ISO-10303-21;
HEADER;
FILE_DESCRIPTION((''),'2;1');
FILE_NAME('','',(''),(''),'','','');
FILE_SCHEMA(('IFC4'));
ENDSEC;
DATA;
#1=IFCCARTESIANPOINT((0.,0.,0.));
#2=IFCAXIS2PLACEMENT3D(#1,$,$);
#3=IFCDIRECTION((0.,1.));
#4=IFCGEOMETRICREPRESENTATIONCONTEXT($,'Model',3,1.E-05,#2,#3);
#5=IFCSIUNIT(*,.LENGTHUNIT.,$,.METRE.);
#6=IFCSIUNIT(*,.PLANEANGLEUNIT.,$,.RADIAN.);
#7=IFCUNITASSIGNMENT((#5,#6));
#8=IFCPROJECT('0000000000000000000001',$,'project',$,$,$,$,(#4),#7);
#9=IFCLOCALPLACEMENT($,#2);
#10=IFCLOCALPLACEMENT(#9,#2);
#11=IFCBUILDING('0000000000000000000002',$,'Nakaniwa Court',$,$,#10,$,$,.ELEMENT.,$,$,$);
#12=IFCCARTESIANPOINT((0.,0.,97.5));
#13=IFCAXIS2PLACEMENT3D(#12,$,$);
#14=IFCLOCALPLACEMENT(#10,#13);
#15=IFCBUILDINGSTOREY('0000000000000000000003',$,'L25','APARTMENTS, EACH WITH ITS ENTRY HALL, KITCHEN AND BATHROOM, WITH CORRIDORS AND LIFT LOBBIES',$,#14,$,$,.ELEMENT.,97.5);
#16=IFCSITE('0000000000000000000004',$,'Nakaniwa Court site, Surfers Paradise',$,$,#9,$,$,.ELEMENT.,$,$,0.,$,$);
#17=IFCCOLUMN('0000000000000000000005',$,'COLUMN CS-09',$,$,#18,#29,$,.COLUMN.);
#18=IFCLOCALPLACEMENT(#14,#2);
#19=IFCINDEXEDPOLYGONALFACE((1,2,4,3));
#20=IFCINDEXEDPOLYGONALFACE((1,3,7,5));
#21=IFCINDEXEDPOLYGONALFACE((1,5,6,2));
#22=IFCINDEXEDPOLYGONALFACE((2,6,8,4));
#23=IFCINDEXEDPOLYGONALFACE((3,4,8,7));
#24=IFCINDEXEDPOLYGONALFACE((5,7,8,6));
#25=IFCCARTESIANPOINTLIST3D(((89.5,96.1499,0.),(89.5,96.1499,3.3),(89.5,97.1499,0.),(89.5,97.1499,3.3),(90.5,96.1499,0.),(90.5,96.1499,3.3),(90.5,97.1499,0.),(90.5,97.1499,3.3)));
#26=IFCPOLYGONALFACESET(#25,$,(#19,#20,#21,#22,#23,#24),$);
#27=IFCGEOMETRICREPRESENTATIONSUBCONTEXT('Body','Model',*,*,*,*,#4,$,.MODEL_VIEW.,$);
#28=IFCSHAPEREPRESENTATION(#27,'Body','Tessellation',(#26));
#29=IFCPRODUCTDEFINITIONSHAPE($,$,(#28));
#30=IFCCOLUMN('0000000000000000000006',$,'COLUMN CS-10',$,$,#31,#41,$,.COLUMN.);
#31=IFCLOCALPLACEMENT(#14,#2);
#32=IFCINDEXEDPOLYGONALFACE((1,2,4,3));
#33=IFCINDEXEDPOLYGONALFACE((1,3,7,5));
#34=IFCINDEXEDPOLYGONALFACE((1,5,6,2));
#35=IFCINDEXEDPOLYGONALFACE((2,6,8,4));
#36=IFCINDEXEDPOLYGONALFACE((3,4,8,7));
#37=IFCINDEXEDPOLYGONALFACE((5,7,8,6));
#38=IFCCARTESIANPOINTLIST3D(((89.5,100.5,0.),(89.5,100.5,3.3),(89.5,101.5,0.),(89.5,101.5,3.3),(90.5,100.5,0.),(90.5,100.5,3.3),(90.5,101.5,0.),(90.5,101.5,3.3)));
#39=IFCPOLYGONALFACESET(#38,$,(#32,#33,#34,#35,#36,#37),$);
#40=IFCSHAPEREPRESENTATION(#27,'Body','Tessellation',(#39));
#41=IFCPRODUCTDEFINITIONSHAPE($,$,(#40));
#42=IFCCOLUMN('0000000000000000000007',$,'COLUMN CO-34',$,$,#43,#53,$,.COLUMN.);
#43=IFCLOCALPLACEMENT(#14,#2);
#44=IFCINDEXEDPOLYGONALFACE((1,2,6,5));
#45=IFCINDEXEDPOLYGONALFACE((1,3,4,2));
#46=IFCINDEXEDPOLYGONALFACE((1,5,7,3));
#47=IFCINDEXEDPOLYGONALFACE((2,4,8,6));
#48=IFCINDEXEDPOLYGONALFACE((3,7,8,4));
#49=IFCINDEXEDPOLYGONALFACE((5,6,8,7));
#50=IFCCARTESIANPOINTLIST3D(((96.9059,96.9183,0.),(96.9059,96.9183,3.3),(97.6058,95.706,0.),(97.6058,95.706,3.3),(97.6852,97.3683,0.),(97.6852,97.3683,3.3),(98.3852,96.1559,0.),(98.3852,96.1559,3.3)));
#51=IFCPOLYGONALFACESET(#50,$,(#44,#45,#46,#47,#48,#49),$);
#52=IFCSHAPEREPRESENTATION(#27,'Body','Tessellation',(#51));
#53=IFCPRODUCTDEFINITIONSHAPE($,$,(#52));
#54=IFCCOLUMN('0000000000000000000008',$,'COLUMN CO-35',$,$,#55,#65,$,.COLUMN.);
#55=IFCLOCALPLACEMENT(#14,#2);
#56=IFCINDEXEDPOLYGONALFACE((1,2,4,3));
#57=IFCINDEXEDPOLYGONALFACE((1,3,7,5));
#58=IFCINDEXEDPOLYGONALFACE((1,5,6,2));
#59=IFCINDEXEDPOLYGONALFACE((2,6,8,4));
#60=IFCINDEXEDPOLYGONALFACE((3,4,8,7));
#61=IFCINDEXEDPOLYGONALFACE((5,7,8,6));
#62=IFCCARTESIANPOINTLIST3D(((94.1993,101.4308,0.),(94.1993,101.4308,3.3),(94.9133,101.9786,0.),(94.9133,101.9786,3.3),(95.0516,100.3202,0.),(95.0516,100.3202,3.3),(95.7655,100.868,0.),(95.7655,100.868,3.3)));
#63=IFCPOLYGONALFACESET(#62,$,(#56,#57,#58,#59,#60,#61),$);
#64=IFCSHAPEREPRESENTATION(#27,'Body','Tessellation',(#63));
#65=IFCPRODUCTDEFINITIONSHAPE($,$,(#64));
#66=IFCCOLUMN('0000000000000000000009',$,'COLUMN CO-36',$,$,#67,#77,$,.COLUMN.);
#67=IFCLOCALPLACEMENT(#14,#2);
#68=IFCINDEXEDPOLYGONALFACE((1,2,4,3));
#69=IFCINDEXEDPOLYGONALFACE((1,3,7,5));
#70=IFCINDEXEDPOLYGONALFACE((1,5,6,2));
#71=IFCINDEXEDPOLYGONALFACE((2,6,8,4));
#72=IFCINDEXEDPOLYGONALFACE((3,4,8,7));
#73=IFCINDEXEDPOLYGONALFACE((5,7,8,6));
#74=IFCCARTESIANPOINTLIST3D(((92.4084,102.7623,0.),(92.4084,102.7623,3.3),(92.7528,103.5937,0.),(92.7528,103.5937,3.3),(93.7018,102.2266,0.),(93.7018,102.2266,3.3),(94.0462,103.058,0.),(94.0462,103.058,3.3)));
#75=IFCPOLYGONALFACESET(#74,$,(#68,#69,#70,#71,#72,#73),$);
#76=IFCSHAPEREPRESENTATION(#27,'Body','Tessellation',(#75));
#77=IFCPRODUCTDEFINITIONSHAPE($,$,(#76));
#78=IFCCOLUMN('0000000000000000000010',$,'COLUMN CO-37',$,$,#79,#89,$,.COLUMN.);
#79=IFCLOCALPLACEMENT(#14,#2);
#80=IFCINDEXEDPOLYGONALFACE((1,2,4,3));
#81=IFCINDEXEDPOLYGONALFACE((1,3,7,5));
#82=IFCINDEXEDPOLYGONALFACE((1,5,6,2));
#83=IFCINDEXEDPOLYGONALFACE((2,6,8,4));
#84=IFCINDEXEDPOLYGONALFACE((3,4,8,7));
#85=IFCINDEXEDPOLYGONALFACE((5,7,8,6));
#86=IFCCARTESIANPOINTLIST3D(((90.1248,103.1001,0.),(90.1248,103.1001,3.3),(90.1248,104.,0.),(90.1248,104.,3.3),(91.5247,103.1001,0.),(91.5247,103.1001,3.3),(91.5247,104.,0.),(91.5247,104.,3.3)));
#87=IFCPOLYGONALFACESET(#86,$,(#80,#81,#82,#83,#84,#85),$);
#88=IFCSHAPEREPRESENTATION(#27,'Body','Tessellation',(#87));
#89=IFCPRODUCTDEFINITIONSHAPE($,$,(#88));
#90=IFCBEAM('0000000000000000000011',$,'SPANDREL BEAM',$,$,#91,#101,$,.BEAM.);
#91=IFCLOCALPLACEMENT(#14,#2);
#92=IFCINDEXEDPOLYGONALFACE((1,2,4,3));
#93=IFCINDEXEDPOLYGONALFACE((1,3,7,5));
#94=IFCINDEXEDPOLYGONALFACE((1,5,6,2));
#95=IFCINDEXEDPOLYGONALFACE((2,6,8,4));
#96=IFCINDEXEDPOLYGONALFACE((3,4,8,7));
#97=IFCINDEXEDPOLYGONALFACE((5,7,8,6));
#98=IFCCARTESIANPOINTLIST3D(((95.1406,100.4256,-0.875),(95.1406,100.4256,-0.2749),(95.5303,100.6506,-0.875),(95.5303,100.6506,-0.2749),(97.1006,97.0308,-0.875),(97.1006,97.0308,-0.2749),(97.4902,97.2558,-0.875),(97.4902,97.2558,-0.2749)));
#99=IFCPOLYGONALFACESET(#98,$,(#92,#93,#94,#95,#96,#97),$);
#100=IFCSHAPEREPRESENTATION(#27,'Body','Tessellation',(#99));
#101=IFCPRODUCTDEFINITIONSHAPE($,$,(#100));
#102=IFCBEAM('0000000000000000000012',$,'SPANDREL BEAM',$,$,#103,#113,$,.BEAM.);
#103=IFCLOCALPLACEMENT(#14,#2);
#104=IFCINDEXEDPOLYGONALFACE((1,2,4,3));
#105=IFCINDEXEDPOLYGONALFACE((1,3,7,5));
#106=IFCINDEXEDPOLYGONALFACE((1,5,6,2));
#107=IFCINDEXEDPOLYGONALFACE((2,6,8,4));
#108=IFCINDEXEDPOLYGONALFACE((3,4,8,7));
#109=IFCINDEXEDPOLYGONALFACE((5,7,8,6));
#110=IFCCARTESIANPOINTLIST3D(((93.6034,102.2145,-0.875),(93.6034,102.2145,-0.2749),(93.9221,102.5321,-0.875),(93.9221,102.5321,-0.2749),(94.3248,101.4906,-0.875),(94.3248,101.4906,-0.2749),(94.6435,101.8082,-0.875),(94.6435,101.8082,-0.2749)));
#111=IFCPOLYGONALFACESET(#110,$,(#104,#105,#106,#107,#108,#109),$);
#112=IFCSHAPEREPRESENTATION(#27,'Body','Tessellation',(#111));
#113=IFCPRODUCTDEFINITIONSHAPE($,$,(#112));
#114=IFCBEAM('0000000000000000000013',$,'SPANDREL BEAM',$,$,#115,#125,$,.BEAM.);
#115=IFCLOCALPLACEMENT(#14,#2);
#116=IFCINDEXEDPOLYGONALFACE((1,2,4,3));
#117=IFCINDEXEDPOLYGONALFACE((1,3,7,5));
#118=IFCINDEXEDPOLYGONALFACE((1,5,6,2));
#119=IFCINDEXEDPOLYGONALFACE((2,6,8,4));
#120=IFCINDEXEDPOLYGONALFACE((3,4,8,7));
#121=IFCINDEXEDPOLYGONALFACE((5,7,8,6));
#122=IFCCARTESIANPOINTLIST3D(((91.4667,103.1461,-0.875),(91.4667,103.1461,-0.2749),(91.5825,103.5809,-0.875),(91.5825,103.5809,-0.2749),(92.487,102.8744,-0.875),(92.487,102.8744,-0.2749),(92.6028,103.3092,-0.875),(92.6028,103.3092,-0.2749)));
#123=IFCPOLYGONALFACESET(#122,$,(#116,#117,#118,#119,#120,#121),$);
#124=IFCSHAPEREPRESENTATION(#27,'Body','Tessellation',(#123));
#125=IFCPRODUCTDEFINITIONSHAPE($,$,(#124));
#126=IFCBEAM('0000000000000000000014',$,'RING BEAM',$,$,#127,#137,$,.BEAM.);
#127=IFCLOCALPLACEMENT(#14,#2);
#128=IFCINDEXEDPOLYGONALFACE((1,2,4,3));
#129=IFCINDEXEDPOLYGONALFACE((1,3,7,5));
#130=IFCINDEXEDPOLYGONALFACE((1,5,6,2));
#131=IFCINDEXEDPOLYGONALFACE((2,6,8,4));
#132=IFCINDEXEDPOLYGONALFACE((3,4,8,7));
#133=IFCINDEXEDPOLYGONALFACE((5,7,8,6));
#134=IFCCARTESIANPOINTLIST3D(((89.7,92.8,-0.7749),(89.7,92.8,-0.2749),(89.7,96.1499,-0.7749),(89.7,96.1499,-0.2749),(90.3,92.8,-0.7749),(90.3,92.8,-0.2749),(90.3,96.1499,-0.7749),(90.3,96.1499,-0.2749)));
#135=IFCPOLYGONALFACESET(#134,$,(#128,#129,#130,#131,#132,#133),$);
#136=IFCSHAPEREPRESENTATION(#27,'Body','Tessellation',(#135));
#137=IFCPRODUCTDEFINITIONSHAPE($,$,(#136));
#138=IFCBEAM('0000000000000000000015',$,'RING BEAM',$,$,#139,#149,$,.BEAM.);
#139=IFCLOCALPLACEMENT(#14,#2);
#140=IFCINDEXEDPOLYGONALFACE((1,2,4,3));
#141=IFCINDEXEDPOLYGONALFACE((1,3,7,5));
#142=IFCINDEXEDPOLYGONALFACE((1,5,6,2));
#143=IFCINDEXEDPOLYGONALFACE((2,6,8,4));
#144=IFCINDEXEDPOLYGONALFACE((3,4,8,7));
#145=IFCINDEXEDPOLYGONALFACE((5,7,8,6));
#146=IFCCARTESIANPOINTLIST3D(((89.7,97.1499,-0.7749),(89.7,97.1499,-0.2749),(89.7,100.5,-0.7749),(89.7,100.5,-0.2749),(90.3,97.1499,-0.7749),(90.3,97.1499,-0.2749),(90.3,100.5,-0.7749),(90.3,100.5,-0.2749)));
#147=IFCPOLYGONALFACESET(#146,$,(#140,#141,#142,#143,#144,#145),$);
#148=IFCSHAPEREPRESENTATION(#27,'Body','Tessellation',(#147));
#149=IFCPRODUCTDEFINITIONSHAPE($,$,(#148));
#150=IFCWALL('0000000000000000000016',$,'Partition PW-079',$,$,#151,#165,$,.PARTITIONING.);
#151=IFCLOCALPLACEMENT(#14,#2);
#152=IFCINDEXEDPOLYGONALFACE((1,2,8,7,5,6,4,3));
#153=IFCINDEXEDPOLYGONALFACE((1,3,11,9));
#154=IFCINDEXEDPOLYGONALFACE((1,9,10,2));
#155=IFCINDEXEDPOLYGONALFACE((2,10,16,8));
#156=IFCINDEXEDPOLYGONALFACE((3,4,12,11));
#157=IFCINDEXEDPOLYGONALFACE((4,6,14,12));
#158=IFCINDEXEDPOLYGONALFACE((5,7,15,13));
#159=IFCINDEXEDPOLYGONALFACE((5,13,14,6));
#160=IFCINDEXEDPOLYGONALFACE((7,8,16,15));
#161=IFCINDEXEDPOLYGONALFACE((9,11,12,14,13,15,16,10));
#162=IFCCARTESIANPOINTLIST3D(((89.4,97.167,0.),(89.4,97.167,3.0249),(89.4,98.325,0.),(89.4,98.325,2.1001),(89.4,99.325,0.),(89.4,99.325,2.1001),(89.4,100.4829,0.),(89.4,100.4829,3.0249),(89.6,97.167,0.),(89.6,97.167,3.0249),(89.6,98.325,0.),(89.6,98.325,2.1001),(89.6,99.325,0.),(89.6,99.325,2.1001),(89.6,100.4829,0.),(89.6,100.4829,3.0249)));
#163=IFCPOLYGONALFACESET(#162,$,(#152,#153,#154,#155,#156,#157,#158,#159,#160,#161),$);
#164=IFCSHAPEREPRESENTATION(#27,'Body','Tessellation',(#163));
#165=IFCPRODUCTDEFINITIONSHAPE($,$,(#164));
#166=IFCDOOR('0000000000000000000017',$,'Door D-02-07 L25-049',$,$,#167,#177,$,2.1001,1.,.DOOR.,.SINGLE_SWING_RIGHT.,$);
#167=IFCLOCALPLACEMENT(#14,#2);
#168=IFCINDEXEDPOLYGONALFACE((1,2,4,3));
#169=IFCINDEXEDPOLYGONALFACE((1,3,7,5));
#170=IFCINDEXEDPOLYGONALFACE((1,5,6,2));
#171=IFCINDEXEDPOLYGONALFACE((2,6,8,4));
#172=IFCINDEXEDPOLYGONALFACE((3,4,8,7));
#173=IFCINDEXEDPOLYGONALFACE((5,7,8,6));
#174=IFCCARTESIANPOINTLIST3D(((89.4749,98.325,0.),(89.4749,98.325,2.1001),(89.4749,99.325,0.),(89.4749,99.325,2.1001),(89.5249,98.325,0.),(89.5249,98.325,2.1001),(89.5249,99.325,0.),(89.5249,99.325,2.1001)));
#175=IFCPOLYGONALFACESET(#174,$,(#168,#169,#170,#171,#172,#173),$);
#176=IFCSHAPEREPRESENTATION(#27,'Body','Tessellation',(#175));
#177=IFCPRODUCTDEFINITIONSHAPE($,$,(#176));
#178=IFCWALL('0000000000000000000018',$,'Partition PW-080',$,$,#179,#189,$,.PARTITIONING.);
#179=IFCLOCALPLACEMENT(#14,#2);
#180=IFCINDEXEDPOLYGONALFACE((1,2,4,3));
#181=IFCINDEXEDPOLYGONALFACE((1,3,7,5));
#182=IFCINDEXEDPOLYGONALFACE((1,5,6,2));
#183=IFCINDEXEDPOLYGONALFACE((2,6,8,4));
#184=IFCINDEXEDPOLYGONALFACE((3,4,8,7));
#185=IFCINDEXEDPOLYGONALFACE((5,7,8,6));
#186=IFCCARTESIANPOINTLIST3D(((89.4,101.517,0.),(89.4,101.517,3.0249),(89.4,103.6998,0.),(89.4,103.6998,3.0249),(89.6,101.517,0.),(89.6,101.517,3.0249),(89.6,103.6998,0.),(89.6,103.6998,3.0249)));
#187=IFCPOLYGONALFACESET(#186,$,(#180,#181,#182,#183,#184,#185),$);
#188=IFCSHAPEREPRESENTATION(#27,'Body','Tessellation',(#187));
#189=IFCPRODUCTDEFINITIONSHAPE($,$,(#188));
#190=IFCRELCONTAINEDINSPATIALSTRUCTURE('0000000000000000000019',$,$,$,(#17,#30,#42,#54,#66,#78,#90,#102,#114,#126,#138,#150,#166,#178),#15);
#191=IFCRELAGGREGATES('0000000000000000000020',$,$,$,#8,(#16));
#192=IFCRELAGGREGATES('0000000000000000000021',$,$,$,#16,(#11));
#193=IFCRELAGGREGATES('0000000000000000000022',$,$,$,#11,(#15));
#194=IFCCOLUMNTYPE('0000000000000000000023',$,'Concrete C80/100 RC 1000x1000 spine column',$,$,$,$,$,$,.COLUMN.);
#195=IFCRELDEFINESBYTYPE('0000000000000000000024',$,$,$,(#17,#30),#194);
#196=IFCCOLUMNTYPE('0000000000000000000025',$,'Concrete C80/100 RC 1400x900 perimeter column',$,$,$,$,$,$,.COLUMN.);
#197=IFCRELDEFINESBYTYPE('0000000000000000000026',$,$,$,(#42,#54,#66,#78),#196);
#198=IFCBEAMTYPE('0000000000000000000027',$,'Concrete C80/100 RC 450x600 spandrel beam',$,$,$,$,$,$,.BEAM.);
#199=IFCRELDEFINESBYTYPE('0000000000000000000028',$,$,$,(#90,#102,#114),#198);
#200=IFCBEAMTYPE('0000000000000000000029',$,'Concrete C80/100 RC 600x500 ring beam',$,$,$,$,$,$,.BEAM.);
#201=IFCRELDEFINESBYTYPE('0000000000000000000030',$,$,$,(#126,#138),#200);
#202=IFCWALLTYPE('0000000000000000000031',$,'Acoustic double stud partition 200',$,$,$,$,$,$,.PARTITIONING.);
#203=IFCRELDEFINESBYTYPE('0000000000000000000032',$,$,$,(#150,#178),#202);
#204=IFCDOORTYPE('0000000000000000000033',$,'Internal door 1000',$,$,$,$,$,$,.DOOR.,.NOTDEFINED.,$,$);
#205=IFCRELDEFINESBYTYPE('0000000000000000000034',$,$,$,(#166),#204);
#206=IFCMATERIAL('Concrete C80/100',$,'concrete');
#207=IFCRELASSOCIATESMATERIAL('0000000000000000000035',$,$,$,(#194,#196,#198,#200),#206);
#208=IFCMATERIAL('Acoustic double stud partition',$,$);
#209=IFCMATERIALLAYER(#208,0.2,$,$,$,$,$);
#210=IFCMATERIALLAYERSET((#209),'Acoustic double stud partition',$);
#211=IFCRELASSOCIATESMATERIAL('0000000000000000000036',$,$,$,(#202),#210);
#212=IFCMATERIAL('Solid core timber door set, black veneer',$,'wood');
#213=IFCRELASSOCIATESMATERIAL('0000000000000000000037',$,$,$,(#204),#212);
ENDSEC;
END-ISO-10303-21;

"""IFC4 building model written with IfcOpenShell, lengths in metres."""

from ifc_helpers import new_model, si_unit, direction, frame, frame_2d, origin, origin_2d, place, context, subcontext, project, spatial, rectangle, extrude, material, layer, layer_set, material_profile, profile_set, type_object, element, fill, save


model = new_model("IFC4")

# Units and contexts
model_context = context("Model", 3, precision=1e-05, world=origin(), true_north=direction((0.0, 1.0)))
body_context = subcontext(model_context, "Body", "Model", "MODEL_VIEW")
ifc_project = project(units=[si_unit("LENGTHUNIT", "METRE"), si_unit("PLANEANGLEUNIT", "RADIAN")], contexts=[model_context])

# Site, building, storey
site_placement = place(None, origin())
site = spatial("IfcSite", under=ifc_project, at=site_placement, Name="Nakaniwa Court site, Surfers Paradise", CompositionType="ELEMENT", RefElevation=0.0)
building_placement = place(site_placement, origin())
building = spatial("IfcBuilding", under=site, at=building_placement, Name="Nakaniwa Court", CompositionType="ELEMENT")
storey_placement = place(building_placement, frame((0.0, 0.0, 97.5)))
storey = spatial("IfcBuildingStorey", under=building, at=storey_placement, Name="L25", Description="APARTMENTS, EACH WITH ITS ENTRY HALL, KITCHEN AND BATHROOM, WITH CORRIDORS AND LIFT LOBBIES", CompositionType="ELEMENT", Elevation=97.5)

# Columns
ifc_material_1 = material(Name="Concrete C80/100", Category="concrete")
ifc_material_profile_1 = material_profile(ifc_material_1, rectangle(XDim=1.0, YDim=1.0, at=origin_2d()), Name="Concrete C80/100 RC 1000x1000 spine column")
ifc_profile_set_1 = profile_set([ifc_material_profile_1], Name="Concrete C80/100")
column_type_1 = type_object("IfcColumnType", Name="Concrete C80/100 RC 1000x1000 spine column", PredefinedType="COLUMN", material=ifc_profile_set_1)
for number, where, z_axis, x_axis, name in (
    (1, (90.0, 96.6499, 0.0), (0.0, 0.0, 1.0), (0.0, 1.0, 0.0), "COLUMN CS-09"),
    (2, (90.0, 101.0, 0.0), (0.0, 0.0, 1.0), (0.0, 1.0, 0.0), "COLUMN CS-10"),
):
    element("IfcColumn", number, at=place(storey_placement, frame(where, z_axis=z_axis, x_axis=x_axis)), inside=storey, type_object=column_type_1, Name=name, PredefinedType="COLUMN", context=body_context, shape_type="SweptSolid", body=[
        extrude(rectangle(XDim=1.0, YDim=1.0, at=origin_2d()), origin(), (0.0, 0.0, 1.0), 3.3),
    ])
ifc_material_profile_2 = material_profile(ifc_material_1, rectangle(XDim=1.3999, YDim=0.8999, at=origin_2d()), Name="Concrete C80/100 RC 1400x900 perimeter column")
ifc_profile_set_2 = profile_set([ifc_material_profile_2], Name="Concrete C80/100")
column_type_2 = type_object("IfcColumnType", Name="Concrete C80/100 RC 1400x900 perimeter column", PredefinedType="COLUMN", material=ifc_profile_set_2)
for number, where, z_axis, x_axis, name in (
    (3, (97.6455, 96.5371, 0.0), (0.0, 0.0, 1.0), (-0.5, 0.866025, 0.0), "COLUMN CO-34"),
    (4, (94.9824, 101.1494, 0.0), (0.0, 0.0, 1.0), (-0.608761, 0.793353, 0.0), "COLUMN CO-35"),
    (5, (93.2273, 102.9102, 0.0), (0.0, 0.0, 1.0), (-0.92388, 0.382683, 0.0), "COLUMN CO-36"),
    (6, (90.8247, 103.55, 0.0), (0.0, 0.0, 1.0), (-1.0, 0.0, 0.0), "COLUMN CO-37"),
):
    element("IfcColumn", number, at=place(storey_placement, frame(where, z_axis=z_axis, x_axis=x_axis)), inside=storey, type_object=column_type_2, Name=name, PredefinedType="COLUMN", context=body_context, shape_type="SweptSolid", body=[
        extrude(rectangle(XDim=1.3999, YDim=0.8999, at=origin_2d()), origin(), (0.0, 0.0, 1.0), 3.3),
    ])

# Beams
ifc_material_profile_3 = material_profile(ifc_material_1, rectangle(XDim=0.45, YDim=0.6001, at=origin_2d()), Name="Concrete C80/100 RC 450x600 spandrel beam")
ifc_profile_set_3 = profile_set([ifc_material_profile_3], Name="Concrete C80/100")
beam_type_1 = type_object("IfcBeamType", Name="Concrete C80/100 RC 450x600 spandrel beam", PredefinedType="BEAM", material=ifc_profile_set_3)
beam_1_placement = place(storey_placement, frame((97.2954, 97.1433, -0.575), z_axis=(-0.499997, 0.866027, 0.0), x_axis=(-0.866027, -0.499997, 0.0)))
element("IfcBeam", 7, at=beam_1_placement, inside=storey, type_object=beam_type_1, Name="SPANDREL BEAM", PredefinedType="BEAM", context=body_context, shape_type="SweptSolid", body=[
    extrude(rectangle(XDim=0.45, YDim=0.6001, at=origin_2d()), origin(), (0.0, 0.0, 1.0), 3.9199),
])
beam_2_placement = place(storey_placement, frame((94.4841, 101.6494, -0.575), z_axis=(-0.705911, 0.7083, 0.0), x_axis=(-0.7083, -0.705911, 0.0)))
element("IfcBeam", 8, at=beam_2_placement, inside=storey, type_object=beam_type_1, Name="SPANDREL BEAM", PredefinedType="BEAM", context=body_context, shape_type="SweptSolid", body=[
    extrude(rectangle(XDim=0.45, YDim=0.6001, at=origin_2d()), origin(), (0.0, 0.0, 1.0), 1.022),
])
beam_3_placement = place(storey_placement, frame((92.5449, 103.0918, -0.575), z_axis=(-0.966315, 0.25736, 0.0), x_axis=(-0.25736, -0.966315, 0.0)))
element("IfcBeam", 9, at=beam_3_placement, inside=storey, type_object=beam_type_1, Name="SPANDREL BEAM", PredefinedType="BEAM", context=body_context, shape_type="SweptSolid", body=[
    extrude(rectangle(XDim=0.45, YDim=0.6001, at=origin_2d()), origin(), (0.0, 0.0, 1.0), 1.0559),
])
ifc_material_profile_4 = material_profile(ifc_material_1, rectangle(XDim=0.6001, YDim=0.5, at=origin_2d()), Name="Concrete C80/100 RC 600x500 ring beam")
ifc_profile_set_4 = profile_set([ifc_material_profile_4], Name="Concrete C80/100")
beam_type_2 = type_object("IfcBeamType", Name="Concrete C80/100 RC 600x500 ring beam", PredefinedType="BEAM", material=ifc_profile_set_4)
beam_4_placement = place(storey_placement, frame((90.0, 92.8, -0.5249), z_axis=(0.0, 1.0, 0.0), x_axis=(-1.0, 0.0, 0.0)))
element("IfcBeam", 10, at=beam_4_placement, inside=storey, type_object=beam_type_2, Name="RING BEAM", PredefinedType="BEAM", context=body_context, shape_type="SweptSolid", body=[
    extrude(rectangle(XDim=0.6001, YDim=0.5, at=origin_2d()), origin(), (0.0, 0.0, 1.0), 3.3499),
])
beam_5_placement = place(storey_placement, frame((90.0, 97.1499, -0.5249), z_axis=(0.0, 1.0, 0.0), x_axis=(-1.0, 0.0, 0.0)))
element("IfcBeam", 11, at=beam_5_placement, inside=storey, type_object=beam_type_2, Name="RING BEAM", PredefinedType="BEAM", context=body_context, shape_type="SweptSolid", body=[
    extrude(rectangle(XDim=0.6001, YDim=0.5, at=origin_2d()), origin(), (0.0, 0.0, 1.0), 3.3501),
])

# Wall, opening, door
ifc_material_2 = material(Name="Acoustic double stud partition")
ifc_layer_1 = layer(ifc_material_2, 0.2)
ifc_layer_set_1 = layer_set([ifc_layer_1], Name="Acoustic double stud partition")
wall_type_1 = type_object("IfcWallType", Name="Acoustic double stud partition 200", PredefinedType="PARTITIONING", material=ifc_layer_set_1)
wall_1_placement = place(storey_placement, frame((89.5, 100.4829, 0.0), z_axis=(0.0, 0.0, 1.0), x_axis=(0.0, -1.0, 0.0)))
wall_1 = element("IfcWall", 12, at=wall_1_placement, inside=storey, type_object=wall_type_1, Name="Partition PW-079", PredefinedType="PARTITIONING", context=body_context, shape_type="SweptSolid", body=[
    extrude(rectangle(XDim=3.3159, YDim=0.2, at=frame_2d((1.658, 0.0))), origin(), (0.0, 0.0, 1.0), 3.0249),
])
opening_1_placement = place(wall_1_placement, frame((1.158, 0.0, 0.0)))
opening_1 = element("IfcOpeningElement", 13, at=opening_1_placement, cuts=wall_1, PredefinedType="OPENING", context=body_context, shape_type="SweptSolid", body=[
    extrude(rectangle(XDim=1.0, YDim=2.1001, at=frame_2d((0.5, 1.05))), frame((0.0, 0.1099, 0.0), z_axis=(0.0, -1.0, 0.0), x_axis=(1.0, 0.0, 0.0)), (0.0, 0.0, 1.0), 0.22),
])
ifc_material_3 = material(Name="Solid core timber door set, black veneer", Category="wood")
door_type = type_object("IfcDoorType", Name="Internal door 1000", OperationType="NOTDEFINED", PredefinedType="DOOR", material=ifc_material_3)
door_placement = place(opening_1_placement, origin())
door = element("IfcDoor", 14, at=door_placement, inside=storey, type_object=door_type, Name="Door D-02-07 L25-049", OperationType="SINGLE_SWING_RIGHT", OverallHeight=2.1001, OverallWidth=1.0, PredefinedType="DOOR", context=body_context, shape_type="SweptSolid", body=[
    extrude(rectangle(XDim=1.0, YDim=2.1001, at=frame_2d((0.5, 1.05))), frame((0.0, 0.0249, 0.0), z_axis=(0.0, -1.0, 0.0), x_axis=(1.0, 0.0, 0.0)), (0.0, 0.0, 1.0), 0.05),
])
fill(opening_1, door)

# Wall
wall_2_placement = place(storey_placement, frame((89.5, 101.5171, 0.0), z_axis=(0.0, 0.0, 1.0), x_axis=(0.0, 1.0, 0.0)))
element("IfcWall", 15, at=wall_2_placement, inside=storey, type_object=wall_type_1, Name="Partition PW-080", PredefinedType="PARTITIONING", context=body_context, shape_type="SweptSolid", body=[
    extrude(rectangle(XDim=2.1829, YDim=0.2, at=frame_2d((1.0913, 0.0))), origin(), (0.0, 0.0, 1.0), 3.0249),
])

save(model, "model.ifc")
